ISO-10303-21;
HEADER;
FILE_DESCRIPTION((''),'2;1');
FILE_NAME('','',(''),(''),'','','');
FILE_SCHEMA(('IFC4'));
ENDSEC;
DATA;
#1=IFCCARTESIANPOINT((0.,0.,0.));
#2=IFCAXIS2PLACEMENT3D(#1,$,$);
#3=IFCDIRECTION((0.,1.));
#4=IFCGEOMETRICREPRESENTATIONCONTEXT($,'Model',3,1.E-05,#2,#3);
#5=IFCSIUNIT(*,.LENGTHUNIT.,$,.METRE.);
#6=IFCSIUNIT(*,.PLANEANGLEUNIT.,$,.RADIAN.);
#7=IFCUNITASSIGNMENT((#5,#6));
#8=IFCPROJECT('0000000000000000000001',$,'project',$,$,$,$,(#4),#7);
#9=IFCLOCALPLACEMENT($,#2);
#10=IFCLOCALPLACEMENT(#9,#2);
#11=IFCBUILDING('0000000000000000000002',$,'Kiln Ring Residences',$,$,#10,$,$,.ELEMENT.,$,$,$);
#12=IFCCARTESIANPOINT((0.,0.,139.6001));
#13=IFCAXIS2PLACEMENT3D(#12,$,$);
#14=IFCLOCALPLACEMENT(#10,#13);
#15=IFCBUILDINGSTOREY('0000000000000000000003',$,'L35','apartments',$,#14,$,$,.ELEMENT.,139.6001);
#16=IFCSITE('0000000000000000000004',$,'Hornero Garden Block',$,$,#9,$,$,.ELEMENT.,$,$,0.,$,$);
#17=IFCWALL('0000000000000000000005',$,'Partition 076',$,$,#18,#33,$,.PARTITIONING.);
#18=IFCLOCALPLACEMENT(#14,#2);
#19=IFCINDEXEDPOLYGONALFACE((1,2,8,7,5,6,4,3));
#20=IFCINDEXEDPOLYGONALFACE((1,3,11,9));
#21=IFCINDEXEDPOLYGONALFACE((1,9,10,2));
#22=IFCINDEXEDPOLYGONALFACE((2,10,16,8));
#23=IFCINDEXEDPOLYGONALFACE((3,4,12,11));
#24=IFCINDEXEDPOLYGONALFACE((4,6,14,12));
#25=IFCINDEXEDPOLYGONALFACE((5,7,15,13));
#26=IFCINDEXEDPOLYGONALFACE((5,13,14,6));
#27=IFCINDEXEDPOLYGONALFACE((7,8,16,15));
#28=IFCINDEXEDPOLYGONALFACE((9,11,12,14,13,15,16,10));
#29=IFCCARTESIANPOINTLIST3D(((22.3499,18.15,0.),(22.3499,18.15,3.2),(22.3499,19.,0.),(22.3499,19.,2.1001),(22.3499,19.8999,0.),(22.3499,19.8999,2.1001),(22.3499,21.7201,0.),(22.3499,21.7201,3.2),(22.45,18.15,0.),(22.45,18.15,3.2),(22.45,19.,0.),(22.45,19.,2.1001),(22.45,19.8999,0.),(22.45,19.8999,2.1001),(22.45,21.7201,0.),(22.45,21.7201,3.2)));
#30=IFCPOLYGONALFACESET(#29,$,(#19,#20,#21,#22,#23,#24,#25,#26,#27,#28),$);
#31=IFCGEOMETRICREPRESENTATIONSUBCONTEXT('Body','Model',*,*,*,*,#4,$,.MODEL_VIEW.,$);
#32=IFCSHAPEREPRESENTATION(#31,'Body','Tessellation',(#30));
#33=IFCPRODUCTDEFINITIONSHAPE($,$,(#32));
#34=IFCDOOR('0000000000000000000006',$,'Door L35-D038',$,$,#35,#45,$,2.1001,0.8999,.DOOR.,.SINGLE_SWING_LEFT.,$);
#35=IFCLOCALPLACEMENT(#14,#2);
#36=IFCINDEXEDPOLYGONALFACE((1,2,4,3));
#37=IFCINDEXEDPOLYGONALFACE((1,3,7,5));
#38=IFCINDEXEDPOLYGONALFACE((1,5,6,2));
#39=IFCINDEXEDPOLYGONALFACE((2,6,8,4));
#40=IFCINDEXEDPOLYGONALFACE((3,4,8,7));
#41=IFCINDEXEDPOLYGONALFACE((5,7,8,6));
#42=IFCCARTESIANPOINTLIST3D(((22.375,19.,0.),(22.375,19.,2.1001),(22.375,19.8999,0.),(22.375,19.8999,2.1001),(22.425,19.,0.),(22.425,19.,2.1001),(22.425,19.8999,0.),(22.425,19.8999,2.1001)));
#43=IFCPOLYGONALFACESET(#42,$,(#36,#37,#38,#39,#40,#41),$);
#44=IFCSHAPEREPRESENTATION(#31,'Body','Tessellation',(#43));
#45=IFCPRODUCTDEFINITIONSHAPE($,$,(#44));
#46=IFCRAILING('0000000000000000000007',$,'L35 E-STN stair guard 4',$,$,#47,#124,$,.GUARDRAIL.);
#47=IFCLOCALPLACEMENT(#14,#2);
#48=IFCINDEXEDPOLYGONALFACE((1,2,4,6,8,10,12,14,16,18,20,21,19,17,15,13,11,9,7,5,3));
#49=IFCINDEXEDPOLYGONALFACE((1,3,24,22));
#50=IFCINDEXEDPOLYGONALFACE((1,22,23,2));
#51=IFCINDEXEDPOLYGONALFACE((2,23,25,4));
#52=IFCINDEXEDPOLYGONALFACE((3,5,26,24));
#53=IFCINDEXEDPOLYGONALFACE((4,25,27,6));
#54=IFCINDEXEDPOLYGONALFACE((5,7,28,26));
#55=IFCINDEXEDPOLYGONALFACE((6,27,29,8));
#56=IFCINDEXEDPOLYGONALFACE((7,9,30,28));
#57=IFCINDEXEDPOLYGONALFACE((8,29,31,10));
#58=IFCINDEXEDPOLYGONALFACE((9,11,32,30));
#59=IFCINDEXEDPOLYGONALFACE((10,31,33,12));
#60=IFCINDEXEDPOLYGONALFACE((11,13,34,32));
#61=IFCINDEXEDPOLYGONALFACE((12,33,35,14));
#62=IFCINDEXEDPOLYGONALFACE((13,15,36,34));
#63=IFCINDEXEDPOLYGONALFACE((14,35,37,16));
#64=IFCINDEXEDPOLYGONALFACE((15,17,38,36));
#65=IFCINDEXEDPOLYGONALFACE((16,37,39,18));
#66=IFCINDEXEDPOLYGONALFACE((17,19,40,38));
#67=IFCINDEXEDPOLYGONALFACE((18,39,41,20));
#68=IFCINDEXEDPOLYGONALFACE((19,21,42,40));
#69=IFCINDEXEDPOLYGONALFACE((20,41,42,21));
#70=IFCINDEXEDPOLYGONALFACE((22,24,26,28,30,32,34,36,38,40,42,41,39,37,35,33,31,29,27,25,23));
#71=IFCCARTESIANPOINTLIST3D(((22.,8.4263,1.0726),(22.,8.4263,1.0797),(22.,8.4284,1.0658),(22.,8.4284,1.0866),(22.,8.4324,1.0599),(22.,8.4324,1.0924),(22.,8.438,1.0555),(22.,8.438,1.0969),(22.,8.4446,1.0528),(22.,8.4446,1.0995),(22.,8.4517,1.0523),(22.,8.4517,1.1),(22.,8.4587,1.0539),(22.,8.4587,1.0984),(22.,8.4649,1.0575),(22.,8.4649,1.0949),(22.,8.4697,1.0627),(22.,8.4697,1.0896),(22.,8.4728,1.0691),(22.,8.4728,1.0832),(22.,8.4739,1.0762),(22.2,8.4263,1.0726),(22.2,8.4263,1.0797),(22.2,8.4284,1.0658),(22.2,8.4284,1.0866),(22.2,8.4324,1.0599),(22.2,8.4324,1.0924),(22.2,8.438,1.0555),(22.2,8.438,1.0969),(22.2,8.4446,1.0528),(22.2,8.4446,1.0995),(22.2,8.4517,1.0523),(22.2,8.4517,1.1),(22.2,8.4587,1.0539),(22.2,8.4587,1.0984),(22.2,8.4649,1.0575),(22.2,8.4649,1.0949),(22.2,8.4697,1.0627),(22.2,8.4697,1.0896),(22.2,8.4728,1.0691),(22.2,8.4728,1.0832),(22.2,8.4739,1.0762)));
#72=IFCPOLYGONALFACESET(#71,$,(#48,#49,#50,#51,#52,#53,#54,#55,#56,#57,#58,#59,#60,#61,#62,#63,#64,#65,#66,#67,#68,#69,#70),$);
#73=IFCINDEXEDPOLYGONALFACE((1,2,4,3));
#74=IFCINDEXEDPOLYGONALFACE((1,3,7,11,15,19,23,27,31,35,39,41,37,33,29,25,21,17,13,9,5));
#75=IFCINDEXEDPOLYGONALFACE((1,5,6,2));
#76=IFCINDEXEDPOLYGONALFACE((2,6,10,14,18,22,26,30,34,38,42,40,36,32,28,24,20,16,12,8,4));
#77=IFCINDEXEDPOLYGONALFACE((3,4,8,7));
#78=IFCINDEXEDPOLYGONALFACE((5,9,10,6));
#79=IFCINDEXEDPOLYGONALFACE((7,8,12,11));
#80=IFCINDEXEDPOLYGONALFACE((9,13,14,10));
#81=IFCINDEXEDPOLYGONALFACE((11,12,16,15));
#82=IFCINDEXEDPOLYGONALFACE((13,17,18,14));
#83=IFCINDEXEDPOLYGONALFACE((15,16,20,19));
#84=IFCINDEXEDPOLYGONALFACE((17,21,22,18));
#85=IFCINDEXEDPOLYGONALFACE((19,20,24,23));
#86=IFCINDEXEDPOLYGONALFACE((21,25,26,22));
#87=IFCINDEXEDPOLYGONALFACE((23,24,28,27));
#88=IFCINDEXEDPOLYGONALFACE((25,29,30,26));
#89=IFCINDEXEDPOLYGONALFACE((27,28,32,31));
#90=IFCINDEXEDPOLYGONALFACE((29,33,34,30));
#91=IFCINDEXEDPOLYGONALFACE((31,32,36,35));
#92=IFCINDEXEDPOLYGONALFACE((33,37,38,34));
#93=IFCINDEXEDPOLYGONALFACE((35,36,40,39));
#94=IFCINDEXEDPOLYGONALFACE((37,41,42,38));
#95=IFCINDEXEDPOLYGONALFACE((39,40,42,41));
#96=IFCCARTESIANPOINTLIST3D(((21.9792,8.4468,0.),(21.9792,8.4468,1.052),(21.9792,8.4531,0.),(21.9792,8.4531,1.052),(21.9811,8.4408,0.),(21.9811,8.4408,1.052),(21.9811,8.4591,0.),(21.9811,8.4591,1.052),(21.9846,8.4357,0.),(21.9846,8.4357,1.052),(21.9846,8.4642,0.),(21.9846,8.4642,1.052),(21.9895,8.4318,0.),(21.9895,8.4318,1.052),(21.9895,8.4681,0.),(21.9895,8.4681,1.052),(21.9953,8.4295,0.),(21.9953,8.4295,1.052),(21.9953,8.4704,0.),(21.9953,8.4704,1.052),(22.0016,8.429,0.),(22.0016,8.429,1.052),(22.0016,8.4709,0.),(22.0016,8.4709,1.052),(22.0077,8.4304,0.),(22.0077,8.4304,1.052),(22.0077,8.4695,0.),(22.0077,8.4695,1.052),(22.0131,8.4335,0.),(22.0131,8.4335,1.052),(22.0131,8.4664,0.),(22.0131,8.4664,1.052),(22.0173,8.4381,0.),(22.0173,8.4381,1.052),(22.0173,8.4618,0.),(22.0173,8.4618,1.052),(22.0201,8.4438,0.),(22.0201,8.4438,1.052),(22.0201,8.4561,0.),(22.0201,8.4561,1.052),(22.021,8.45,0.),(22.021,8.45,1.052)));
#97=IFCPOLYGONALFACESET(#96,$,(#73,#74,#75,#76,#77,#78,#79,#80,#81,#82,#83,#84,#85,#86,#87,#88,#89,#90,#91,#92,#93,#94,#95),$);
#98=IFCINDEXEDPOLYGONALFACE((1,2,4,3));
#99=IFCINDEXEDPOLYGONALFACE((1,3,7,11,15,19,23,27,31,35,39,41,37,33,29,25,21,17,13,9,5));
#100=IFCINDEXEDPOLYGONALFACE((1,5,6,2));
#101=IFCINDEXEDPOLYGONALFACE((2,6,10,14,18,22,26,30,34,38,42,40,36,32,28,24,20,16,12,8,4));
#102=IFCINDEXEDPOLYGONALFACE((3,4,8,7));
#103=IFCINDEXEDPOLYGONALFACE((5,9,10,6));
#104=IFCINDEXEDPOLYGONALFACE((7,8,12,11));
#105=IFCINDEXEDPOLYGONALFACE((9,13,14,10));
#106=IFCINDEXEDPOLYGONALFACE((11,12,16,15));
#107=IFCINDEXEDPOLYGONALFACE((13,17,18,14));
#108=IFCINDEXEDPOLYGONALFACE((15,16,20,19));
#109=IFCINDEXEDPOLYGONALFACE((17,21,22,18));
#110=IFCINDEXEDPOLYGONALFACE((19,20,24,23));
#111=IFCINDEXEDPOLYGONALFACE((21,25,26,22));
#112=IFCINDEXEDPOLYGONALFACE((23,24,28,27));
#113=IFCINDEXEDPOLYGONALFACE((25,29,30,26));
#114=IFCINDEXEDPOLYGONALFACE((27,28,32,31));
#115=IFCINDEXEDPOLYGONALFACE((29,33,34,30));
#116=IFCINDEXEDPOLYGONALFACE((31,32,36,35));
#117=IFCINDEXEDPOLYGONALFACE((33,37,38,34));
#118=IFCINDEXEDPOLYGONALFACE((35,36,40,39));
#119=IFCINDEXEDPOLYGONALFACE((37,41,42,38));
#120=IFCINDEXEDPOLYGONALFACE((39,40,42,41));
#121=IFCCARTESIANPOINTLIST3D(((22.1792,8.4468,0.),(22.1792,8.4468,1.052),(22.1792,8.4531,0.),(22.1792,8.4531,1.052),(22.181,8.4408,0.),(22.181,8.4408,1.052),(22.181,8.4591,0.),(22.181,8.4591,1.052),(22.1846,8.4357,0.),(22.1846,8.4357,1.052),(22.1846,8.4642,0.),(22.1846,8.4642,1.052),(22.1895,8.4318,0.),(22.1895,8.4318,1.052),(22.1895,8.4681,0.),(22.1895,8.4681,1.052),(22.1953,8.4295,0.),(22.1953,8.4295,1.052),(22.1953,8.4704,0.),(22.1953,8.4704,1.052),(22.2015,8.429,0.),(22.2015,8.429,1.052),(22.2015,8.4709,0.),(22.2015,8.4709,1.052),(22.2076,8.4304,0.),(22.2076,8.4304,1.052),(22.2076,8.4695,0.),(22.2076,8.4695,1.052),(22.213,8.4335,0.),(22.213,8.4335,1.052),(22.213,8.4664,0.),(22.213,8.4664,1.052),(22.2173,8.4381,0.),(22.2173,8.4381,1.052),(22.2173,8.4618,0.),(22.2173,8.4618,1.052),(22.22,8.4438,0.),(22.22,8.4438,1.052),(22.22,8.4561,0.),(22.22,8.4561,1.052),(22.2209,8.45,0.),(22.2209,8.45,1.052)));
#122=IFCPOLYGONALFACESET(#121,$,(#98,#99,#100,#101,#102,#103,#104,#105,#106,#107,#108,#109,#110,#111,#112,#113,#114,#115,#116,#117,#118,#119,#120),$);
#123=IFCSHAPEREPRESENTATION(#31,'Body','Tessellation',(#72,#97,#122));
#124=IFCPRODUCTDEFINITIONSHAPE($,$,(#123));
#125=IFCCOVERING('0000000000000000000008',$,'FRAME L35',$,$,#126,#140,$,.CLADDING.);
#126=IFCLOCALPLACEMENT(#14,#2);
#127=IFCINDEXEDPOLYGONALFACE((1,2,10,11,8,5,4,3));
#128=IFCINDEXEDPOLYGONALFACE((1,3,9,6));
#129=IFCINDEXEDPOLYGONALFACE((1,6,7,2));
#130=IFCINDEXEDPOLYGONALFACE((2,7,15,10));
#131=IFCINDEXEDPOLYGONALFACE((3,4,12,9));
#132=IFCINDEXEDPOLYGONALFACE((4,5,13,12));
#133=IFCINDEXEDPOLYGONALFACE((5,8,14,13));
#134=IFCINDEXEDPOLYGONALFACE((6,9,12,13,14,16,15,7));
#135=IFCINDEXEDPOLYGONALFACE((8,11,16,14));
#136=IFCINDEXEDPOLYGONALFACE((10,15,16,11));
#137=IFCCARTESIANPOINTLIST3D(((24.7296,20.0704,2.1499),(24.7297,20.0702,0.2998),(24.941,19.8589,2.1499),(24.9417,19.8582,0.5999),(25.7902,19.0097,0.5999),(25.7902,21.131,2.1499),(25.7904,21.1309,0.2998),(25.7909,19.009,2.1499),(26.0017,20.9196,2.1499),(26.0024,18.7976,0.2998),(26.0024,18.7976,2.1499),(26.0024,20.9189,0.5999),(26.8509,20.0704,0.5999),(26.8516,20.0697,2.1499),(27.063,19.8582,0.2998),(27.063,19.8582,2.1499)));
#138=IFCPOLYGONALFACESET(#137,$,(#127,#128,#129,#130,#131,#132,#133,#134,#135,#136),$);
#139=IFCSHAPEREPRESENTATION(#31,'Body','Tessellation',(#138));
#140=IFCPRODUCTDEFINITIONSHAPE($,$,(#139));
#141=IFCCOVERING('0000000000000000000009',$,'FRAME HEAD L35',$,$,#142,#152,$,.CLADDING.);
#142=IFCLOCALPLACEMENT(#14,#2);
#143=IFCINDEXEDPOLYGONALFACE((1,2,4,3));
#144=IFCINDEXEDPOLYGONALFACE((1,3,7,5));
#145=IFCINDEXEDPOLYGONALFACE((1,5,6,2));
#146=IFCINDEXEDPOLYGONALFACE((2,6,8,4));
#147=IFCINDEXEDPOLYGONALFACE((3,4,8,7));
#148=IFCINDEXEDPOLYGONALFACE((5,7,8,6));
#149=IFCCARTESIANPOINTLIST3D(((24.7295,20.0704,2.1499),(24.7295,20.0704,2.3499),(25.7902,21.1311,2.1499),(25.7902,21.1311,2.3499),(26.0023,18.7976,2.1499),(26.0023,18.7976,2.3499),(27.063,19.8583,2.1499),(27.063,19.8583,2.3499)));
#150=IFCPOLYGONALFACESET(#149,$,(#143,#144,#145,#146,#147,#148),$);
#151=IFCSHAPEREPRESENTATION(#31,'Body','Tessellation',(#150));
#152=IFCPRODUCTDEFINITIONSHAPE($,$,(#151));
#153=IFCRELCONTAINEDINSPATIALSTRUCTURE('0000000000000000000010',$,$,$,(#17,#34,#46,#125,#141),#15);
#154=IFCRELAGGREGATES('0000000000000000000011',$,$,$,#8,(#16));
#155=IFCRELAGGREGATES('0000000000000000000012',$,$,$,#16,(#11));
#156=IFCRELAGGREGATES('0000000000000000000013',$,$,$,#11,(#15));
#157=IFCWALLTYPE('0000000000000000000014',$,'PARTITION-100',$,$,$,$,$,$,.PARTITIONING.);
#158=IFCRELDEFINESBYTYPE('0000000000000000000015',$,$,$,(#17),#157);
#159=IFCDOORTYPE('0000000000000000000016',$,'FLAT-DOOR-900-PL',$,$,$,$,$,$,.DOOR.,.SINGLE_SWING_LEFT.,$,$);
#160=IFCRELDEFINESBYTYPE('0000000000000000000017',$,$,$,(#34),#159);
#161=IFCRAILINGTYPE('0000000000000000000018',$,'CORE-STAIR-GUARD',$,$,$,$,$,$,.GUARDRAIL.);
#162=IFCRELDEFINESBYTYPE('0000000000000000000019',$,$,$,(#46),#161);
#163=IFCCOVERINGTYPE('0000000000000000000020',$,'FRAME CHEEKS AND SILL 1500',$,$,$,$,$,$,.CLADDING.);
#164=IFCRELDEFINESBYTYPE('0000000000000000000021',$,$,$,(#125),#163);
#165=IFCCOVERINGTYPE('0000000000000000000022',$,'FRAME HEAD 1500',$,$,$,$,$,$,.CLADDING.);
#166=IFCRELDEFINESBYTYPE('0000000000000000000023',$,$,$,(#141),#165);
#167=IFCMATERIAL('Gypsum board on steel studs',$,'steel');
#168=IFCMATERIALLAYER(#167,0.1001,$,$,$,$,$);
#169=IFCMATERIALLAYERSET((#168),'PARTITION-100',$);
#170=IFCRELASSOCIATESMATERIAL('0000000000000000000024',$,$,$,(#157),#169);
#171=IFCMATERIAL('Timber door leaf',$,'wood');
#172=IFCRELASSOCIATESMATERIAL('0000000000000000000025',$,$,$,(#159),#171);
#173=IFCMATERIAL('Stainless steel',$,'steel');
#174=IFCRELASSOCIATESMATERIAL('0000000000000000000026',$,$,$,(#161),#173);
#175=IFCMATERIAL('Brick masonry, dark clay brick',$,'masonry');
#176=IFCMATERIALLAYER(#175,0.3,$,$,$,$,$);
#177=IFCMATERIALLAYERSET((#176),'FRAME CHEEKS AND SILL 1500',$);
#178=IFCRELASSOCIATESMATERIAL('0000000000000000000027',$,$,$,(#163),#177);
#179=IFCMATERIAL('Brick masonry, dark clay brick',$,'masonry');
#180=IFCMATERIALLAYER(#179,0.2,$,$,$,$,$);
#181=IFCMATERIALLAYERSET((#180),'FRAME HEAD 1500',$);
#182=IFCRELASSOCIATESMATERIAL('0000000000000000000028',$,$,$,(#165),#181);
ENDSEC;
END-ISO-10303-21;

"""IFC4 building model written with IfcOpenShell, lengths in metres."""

from ifc_helpers import new_model, si_unit, direction, frame, frame_2d, origin, origin_2d, place, context, subcontext, project, spatial, polyline, rectangle, circle, outline, extrude, material, layer, layer_set, type_object, element, fill, save


model = new_model("IFC4")

# Units and contexts
model_context = context("Model", 3, precision=1e-05, world=origin(), true_north=direction((0.0, 1.0)))
body_context = subcontext(model_context, "Body", "Model", "MODEL_VIEW")
ifc_project = project(units=[si_unit("LENGTHUNIT", "METRE"), si_unit("PLANEANGLEUNIT", "RADIAN")], contexts=[model_context])

# Site, building, storey
site_placement = place(None, origin())
site = spatial("IfcSite", under=ifc_project, at=site_placement, Name="Hornero Garden Block", CompositionType="ELEMENT", RefElevation=0.0)
building_placement = place(site_placement, origin())
building = spatial("IfcBuilding", under=site, at=building_placement, Name="Kiln Ring Residences", CompositionType="ELEMENT")
storey_placement = place(building_placement, frame((0.0, 0.0, 139.6001)))
storey = spatial("IfcBuildingStorey", under=building, at=storey_placement, Name="L35", Description="apartments", CompositionType="ELEMENT", Elevation=139.6001)

# Shared definitions
ifc_material_1 = material(Name="Gypsum board on steel studs", Category="steel")
ifc_layer_1 = layer(ifc_material_1, 0.1001)
ifc_layer_set_1 = layer_set([ifc_layer_1], Name="PARTITION-100")
wall_type_1 = type_object("IfcWallType", Name="PARTITION-100", PredefinedType="PARTITIONING", material=ifc_layer_set_1)

# Wall, opening, door
wall_1_placement = place(storey_placement, frame((22.3999, 18.1499, 0.0), z_axis=(0.0, 0.0, 1.0), x_axis=(0.0, 1.0, 0.0)))
wall_1 = element("IfcWall", 1, at=wall_1_placement, inside=storey, type_object=wall_type_1, Name="Partition 076", PredefinedType="PARTITIONING", context=body_context, shape_type="SweptSolid", body=[
    extrude(rectangle(XDim=3.5701, YDim=0.1001, at=frame_2d((1.7852, 0.0))), origin(), (0.0, 0.0, 1.0), 3.2),
])
opening_1_placement = place(wall_1_placement, frame((0.8501, 0.0, 0.0)))
opening_1 = element("IfcOpeningElement", 2, at=opening_1_placement, cuts=wall_1, PredefinedType="OPENING", context=body_context, shape_type="SweptSolid", body=[
    extrude(rectangle(XDim=0.8999, YDim=2.1001, at=frame_2d((0.45, 1.05))), frame((0.0, 0.0601, 0.0), z_axis=(0.0, -1.0, 0.0), x_axis=(1.0, 0.0, 0.0)), (0.0, 0.0, 1.0), 0.1201),
])
ifc_material_2 = material(Name="Timber door leaf", Category="wood")
door_type_1 = type_object("IfcDoorType", Name="FLAT-DOOR-900-PL", OperationType="SINGLE_SWING_LEFT", PredefinedType="DOOR", material=ifc_material_2)
door_1_placement = place(opening_1_placement, origin())
door_1 = element("IfcDoor", 3, at=door_1_placement, inside=storey, type_object=door_type_1, Name="Door L35-D038", OperationType="SINGLE_SWING_LEFT", OverallHeight=2.1001, OverallWidth=0.8999, PredefinedType="DOOR", context=body_context, shape_type="SweptSolid", body=[
    extrude(rectangle(XDim=0.8999, YDim=2.1001, at=frame_2d((0.45, 1.05))), frame((0.0, 0.0249, 0.0), z_axis=(0.0, -1.0, 0.0), x_axis=(1.0, 0.0, 0.0)), (0.0, 0.0, 1.0), 0.05),
])
fill(opening_1, door_1)

# Railing
ifc_material_3 = material(Name="Stainless steel", Category="steel")
railing_type = type_object("IfcRailingType", Name="CORE-STAIR-GUARD", PredefinedType="GUARDRAIL", material=ifc_material_3)
railing_placement = place(storey_placement, frame((22.0, 8.45, 0.0)))
element("IfcRailing", 4, at=railing_placement, inside=storey, type_object=railing_type, Name="L35 E-STN stair guard 4", PredefinedType="GUARDRAIL", context=body_context, shape_type="SweptSolid", body=[
    extrude(circle(Radius=0.0239, at=origin_2d()), frame((0.0, 0.0, 1.0762), z_axis=(1.0, 0.0, 0.0), x_axis=(0.0, 1.0, 0.0)), (0.0, 0.0, 1.0), 0.2),
    extrude(circle(Radius=0.021, at=origin_2d()), origin(), (0.0, 0.0, 1.0), 1.052),
    extrude(circle(Radius=0.021, at=origin_2d()), frame((0.2, 0.0, 0.0)), (0.0, 0.0, 1.0), 1.052),
])

# Coverings
ifc_material_4 = material(Name="Brick masonry, dark clay brick", Category="masonry")
ifc_layer_2 = layer(ifc_material_4, 0.3)
ifc_layer_set_2 = layer_set([ifc_layer_2], Name="FRAME CHEEKS AND SILL 1500")
covering_type_1 = type_object("IfcCoveringType", Name="FRAME CHEEKS AND SILL 1500", PredefinedType="CLADDING", material=ifc_layer_set_2)
covering_1_placement = place(storey_placement, frame((26.5327, 19.3279, 0.2998), z_axis=(0.0, 0.0, 1.0), x_axis=(-0.707107, 0.707107, 0.0)))
element("IfcCovering", 5, at=covering_1_placement, inside=storey, type_object=covering_type_1, Name="FRAME L35", PredefinedType="CLADDING", context=body_context, shape_type="SweptSolid", body=[
    extrude(outline(polyline([(0.0, 0.0), (1.7998, 0.0), (1.8, 1.8501), (1.501, 1.8501), (1.5, 0.3), (0.3, 0.3), (0.2991, 1.8501), (0.0, 1.8501), (0.0, 0.0)])), frame((0.0, 0.75, 0.0), z_axis=(0.0, -1.0, 0.0), x_axis=(1.0, 0.0, 0.0)), (0.0, 0.0, 1.0), 1.5),
])
ifc_material_5 = material(Name="Brick masonry, dark clay brick", Category="masonry")
ifc_layer_3 = layer(ifc_material_5, 0.2)
ifc_layer_set_3 = layer_set([ifc_layer_3], Name="FRAME HEAD 1500")
covering_type_2 = type_object("IfcCoveringType", Name="FRAME HEAD 1500", PredefinedType="CLADDING", material=ifc_layer_set_3)
covering_2_placement = place(storey_placement, frame((25.8962, 19.9644, 2.1499), z_axis=(0.0, 0.0, 1.0), x_axis=(-0.707107, 0.707107, 0.0)))
element("IfcCovering", 6, at=covering_2_placement, inside=storey, type_object=covering_type_2, Name="FRAME HEAD L35", PredefinedType="CLADDING", context=body_context, shape_type="SweptSolid", body=[
    extrude(rectangle(XDim=1.8, YDim=1.5, at=origin_2d()), origin(), (0.0, 0.0, 1.0), 0.2),
])

save(model, "model.ifc")
